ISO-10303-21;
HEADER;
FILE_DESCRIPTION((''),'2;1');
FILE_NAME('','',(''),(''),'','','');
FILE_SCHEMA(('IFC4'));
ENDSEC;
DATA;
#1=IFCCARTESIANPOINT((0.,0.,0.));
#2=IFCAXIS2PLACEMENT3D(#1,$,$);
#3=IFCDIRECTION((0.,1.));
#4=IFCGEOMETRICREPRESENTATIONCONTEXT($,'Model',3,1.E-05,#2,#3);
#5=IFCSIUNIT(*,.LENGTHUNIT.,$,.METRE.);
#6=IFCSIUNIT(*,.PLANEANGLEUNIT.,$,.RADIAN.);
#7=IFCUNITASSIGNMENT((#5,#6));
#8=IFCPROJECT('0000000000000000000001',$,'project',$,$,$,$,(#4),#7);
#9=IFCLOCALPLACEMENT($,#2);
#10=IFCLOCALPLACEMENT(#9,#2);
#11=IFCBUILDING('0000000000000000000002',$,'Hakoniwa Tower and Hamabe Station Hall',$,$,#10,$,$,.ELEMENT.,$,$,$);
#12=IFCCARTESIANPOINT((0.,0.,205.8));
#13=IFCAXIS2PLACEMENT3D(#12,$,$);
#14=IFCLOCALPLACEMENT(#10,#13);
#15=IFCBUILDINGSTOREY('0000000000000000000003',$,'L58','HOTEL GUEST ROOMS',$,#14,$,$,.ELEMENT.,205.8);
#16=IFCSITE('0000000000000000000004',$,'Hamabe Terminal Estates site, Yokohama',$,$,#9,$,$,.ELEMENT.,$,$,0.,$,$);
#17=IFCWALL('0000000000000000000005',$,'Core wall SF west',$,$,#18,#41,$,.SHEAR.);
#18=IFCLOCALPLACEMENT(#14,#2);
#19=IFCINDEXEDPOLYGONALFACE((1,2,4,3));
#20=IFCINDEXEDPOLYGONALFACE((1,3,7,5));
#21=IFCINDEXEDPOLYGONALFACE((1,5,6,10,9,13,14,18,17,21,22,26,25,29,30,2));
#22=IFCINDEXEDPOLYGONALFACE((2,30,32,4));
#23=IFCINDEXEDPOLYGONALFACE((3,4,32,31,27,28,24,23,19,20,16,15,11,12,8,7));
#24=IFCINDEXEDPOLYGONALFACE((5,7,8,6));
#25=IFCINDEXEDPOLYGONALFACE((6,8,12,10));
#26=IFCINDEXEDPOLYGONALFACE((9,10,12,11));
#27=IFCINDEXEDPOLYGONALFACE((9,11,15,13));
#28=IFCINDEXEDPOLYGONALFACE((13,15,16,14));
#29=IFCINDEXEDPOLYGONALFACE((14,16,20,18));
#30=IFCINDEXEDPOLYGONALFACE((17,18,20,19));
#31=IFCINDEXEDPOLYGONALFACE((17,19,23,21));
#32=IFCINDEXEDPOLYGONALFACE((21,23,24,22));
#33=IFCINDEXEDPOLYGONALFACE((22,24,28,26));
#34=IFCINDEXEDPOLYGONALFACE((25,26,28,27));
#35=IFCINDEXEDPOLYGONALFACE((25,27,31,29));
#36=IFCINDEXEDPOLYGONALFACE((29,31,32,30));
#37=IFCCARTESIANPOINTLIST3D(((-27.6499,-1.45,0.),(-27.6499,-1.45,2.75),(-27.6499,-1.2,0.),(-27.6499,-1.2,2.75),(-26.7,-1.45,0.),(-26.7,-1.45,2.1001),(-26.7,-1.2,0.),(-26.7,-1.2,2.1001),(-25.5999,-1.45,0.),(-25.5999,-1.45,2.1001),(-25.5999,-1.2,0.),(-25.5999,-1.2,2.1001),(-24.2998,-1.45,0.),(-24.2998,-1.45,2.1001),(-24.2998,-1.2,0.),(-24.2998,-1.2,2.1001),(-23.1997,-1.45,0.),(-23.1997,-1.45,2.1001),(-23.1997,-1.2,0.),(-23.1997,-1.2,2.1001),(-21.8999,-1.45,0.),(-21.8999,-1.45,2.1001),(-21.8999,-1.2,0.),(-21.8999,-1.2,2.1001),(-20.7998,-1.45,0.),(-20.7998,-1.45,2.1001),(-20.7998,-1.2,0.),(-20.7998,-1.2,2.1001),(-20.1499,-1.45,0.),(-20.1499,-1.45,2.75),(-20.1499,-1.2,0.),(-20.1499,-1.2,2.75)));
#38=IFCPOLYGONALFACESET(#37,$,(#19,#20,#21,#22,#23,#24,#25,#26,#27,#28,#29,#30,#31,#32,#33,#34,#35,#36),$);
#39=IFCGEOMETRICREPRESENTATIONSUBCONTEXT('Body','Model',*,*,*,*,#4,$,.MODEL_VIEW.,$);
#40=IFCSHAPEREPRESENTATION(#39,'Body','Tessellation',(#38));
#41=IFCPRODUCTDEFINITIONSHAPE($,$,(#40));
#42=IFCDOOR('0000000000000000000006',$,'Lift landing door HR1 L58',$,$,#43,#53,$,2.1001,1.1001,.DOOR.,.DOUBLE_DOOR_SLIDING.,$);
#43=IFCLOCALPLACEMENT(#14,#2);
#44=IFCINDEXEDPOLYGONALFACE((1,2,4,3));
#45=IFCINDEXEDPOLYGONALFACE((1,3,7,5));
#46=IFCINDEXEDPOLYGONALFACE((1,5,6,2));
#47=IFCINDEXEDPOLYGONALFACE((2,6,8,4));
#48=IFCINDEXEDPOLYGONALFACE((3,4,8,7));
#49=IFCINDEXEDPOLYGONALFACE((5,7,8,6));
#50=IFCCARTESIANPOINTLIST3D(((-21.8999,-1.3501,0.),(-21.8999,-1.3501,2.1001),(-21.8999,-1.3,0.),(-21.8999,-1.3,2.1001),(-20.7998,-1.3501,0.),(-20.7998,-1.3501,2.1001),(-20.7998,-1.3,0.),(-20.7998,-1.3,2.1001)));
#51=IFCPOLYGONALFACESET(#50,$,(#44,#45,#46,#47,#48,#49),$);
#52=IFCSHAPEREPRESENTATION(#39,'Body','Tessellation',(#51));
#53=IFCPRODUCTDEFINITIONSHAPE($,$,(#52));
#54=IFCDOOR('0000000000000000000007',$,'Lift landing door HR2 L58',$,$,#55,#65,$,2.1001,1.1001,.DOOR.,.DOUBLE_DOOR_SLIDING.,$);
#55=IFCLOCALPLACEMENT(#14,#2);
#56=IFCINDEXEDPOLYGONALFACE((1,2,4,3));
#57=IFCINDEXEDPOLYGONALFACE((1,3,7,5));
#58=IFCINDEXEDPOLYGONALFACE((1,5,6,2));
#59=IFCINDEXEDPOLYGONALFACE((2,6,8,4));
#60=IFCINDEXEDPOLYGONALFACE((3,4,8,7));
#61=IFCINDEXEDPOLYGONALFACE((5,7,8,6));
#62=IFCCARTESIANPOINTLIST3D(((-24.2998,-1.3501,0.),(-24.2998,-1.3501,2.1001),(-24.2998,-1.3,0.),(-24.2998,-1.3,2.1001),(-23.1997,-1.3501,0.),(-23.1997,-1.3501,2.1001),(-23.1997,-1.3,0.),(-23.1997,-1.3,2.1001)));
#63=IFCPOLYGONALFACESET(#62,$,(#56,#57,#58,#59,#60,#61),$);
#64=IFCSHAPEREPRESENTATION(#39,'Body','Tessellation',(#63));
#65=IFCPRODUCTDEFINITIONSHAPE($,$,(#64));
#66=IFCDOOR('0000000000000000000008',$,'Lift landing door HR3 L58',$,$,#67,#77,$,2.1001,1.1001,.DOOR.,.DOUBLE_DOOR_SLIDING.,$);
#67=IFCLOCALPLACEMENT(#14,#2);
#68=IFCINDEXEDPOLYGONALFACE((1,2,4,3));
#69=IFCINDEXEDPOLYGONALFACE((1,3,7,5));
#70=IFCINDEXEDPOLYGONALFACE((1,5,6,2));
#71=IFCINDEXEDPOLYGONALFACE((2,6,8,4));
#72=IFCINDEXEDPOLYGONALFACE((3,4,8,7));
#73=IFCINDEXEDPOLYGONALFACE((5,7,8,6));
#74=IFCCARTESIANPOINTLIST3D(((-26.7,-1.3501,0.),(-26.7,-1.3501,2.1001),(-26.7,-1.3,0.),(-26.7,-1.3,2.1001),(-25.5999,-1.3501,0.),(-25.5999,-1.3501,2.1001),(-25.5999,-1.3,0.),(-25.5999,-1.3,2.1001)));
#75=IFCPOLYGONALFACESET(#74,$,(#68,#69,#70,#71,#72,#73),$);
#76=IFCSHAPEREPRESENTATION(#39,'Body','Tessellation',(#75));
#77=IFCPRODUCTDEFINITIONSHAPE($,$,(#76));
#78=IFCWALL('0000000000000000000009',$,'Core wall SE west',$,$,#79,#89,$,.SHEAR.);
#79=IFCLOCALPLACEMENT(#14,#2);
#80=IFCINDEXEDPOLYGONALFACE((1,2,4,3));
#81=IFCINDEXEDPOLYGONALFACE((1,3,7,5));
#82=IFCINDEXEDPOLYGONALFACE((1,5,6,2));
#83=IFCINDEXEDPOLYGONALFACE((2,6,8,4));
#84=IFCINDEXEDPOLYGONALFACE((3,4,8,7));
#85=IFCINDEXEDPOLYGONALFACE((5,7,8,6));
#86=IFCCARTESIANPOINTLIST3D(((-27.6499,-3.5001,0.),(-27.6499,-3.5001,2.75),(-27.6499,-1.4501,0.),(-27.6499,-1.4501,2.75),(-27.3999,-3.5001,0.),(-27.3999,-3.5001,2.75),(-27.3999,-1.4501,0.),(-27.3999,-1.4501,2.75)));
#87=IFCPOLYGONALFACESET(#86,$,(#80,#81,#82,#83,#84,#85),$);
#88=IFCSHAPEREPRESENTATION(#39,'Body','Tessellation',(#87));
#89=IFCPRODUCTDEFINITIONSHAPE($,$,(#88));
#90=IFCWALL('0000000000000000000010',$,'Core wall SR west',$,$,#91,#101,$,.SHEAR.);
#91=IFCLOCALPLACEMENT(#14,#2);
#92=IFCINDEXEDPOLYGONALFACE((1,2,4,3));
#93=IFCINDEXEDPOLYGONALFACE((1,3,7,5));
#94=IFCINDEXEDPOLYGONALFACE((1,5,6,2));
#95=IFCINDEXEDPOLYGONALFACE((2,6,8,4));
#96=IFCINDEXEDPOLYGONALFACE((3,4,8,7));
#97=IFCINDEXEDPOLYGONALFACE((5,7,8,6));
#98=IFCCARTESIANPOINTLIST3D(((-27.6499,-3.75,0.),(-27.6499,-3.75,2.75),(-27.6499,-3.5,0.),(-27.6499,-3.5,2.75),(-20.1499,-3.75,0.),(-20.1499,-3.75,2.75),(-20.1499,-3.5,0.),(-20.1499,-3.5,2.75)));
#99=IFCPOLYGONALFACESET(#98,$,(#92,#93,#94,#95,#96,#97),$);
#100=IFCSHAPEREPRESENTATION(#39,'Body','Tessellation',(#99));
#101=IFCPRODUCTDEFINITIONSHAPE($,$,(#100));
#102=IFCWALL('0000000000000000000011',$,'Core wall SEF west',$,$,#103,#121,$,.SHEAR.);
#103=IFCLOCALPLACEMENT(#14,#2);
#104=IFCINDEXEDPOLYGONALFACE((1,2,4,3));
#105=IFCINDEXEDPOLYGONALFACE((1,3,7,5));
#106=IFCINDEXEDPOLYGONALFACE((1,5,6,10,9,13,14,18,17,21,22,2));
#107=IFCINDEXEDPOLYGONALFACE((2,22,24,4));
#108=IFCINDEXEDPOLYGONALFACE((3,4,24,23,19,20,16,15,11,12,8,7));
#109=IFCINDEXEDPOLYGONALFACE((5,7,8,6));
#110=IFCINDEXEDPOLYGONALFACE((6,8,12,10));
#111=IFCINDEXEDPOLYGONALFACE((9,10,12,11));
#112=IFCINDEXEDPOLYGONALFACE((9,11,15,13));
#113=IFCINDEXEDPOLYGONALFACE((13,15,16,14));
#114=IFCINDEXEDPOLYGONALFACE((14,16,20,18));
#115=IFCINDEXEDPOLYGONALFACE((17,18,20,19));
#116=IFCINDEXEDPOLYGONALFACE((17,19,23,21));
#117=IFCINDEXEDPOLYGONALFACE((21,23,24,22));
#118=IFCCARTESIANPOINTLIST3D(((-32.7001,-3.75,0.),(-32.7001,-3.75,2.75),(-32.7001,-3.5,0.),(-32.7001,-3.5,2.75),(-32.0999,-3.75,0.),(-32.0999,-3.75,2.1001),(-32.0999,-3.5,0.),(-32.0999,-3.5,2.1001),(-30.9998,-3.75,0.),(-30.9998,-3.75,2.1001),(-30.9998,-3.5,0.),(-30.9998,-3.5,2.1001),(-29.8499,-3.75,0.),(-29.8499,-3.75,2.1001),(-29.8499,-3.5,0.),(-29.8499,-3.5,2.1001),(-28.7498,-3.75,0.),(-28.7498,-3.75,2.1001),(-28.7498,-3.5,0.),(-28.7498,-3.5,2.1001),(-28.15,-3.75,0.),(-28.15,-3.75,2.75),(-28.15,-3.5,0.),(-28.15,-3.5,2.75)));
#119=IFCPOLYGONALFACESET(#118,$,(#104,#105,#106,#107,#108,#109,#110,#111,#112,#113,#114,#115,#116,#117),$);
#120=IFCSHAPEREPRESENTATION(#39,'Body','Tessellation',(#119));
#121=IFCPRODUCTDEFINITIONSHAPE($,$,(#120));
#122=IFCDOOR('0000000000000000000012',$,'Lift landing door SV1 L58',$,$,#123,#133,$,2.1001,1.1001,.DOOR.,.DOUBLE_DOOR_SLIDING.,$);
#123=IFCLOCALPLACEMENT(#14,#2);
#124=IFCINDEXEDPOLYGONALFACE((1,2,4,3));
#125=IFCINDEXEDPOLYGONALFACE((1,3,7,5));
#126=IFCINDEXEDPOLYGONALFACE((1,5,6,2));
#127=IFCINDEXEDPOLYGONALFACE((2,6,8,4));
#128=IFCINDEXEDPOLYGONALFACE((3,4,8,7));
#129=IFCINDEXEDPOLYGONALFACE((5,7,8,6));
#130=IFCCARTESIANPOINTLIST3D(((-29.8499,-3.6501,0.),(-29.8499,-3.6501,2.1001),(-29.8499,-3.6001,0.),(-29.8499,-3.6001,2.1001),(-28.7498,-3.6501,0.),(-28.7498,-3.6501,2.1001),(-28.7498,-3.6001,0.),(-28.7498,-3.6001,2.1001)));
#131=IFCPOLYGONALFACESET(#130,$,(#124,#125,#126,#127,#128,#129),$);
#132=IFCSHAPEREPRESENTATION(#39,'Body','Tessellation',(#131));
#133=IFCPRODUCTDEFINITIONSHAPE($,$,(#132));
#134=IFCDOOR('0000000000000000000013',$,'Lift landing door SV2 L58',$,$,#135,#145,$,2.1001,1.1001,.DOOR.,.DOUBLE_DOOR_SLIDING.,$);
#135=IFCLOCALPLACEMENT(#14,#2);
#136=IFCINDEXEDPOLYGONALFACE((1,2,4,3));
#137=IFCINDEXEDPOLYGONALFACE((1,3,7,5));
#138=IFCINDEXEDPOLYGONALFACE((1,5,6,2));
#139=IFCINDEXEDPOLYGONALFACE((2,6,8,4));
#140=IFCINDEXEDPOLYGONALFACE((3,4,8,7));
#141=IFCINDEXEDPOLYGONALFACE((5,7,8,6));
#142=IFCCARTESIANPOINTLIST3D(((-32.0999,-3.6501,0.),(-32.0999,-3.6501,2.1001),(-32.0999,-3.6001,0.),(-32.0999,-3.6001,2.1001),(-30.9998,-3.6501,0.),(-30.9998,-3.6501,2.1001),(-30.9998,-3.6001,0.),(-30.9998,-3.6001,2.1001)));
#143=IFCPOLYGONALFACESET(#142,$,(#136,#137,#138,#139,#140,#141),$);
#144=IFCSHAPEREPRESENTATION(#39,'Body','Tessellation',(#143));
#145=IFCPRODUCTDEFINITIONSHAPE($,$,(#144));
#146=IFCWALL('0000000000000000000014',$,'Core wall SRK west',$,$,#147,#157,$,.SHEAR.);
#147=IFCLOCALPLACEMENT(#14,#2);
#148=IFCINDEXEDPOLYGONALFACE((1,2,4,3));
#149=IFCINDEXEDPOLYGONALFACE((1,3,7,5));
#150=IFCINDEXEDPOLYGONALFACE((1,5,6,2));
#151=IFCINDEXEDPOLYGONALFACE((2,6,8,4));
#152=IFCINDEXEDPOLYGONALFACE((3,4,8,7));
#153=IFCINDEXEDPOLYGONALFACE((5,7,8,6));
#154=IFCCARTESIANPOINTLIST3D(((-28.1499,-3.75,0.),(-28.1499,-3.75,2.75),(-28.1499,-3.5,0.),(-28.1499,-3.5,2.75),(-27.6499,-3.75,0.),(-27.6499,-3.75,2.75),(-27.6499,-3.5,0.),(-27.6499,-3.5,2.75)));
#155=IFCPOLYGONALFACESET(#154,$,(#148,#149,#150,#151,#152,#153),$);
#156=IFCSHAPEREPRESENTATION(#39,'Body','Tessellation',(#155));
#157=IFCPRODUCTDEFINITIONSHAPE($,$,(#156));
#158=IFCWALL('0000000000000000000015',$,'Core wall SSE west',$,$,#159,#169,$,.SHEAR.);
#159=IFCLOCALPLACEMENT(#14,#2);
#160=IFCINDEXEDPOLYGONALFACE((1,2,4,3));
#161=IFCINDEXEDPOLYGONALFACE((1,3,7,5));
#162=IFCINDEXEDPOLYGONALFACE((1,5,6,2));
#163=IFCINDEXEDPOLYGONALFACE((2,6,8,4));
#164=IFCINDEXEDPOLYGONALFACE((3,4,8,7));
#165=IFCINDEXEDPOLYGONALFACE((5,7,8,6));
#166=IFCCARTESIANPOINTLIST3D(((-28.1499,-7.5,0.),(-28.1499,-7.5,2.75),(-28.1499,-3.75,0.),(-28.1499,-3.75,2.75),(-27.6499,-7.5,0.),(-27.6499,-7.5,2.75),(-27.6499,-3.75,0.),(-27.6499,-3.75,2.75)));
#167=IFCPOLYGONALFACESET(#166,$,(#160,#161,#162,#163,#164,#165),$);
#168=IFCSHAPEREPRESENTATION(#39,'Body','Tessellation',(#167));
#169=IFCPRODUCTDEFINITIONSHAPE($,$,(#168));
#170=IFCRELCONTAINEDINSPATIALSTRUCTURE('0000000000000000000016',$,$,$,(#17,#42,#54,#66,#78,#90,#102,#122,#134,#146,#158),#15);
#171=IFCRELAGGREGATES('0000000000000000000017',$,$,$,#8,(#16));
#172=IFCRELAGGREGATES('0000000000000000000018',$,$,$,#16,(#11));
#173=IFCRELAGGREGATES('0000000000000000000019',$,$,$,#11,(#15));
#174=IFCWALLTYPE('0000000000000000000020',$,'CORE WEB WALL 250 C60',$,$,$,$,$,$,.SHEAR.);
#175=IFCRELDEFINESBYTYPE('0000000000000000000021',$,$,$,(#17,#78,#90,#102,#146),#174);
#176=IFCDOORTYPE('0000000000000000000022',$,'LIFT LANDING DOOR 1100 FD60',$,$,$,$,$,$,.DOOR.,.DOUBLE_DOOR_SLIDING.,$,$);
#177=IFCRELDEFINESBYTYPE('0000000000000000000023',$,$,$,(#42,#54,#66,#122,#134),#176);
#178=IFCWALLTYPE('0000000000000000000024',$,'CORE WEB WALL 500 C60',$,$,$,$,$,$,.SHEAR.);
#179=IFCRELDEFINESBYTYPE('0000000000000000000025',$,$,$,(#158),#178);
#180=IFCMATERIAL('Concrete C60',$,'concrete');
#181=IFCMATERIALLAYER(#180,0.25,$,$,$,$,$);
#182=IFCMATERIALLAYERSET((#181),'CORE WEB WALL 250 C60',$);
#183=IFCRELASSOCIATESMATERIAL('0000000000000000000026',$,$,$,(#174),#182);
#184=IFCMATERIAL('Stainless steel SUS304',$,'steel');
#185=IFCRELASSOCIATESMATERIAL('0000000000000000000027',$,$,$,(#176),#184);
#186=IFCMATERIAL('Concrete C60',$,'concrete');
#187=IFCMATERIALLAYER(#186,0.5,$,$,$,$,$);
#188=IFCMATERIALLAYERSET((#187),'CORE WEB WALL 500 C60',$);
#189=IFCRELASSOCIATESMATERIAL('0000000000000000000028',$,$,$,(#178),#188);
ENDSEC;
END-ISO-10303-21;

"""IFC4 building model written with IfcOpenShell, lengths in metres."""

from ifc_helpers import new_model, si_unit, direction, frame, frame_2d, origin, place, context, subcontext, project, spatial, rectangle, extrude, material, layer, layer_set, type_object, element, fill, save


model = new_model("IFC4")

# Units and contexts
model_context = context("Model", 3, precision=1e-05, world=origin(), true_north=direction((0.0, 1.0)))
body_context = subcontext(model_context, "Body", "Model", "MODEL_VIEW")
ifc_project = project(units=[si_unit("LENGTHUNIT", "METRE"), si_unit("PLANEANGLEUNIT", "RADIAN")], contexts=[model_context])

# Site, building, storey
site_placement = place(None, origin())
site = spatial("IfcSite", under=ifc_project, at=site_placement, Name="Hamabe Terminal Estates site, Yokohama", CompositionType="ELEMENT", RefElevation=0.0)
building_placement = place(site_placement, origin())
building = spatial("IfcBuilding", under=site, at=building_placement, Name="Hakoniwa Tower and Hamabe Station Hall", CompositionType="ELEMENT")
storey_placement = place(building_placement, frame((0.0, 0.0, 205.8)))
storey = spatial("IfcBuildingStorey", under=building, at=storey_placement, Name="L58", Description="HOTEL GUEST ROOMS", CompositionType="ELEMENT", Elevation=205.8)

# Shared definitions
ifc_material_1 = material(Name="Concrete C60", Category="concrete")
ifc_layer_1 = layer(ifc_material_1, 0.25)
ifc_layer_set_1 = layer_set([ifc_layer_1], Name="CORE WEB WALL 250 C60")
wall_type_1 = type_object("IfcWallType", Name="CORE WEB WALL 250 C60", PredefinedType="SHEAR", material=ifc_layer_set_1)

# Shared definitions
ifc_material_2 = material(Name="Stainless steel SUS304", Category="steel")
door_type_1 = type_object("IfcDoorType", Name="LIFT LANDING DOOR 1100 FD60", OperationType="DOUBLE_DOOR_SLIDING", PredefinedType="DOOR", material=ifc_material_2)

# Wall, openings, doors
wall_1_placement = place(storey_placement, frame((-27.6499, -1.325, 0.0), z_axis=(0.0, 0.0, 1.0), x_axis=(1.0, 0.0, 0.0)))
wall_1 = element("IfcWall", 1, at=wall_1_placement, inside=storey, type_object=wall_type_1, Name="Core wall SF west", PredefinedType="SHEAR", context=body_context, shape_type="SweptSolid", body=[
    extrude(rectangle(XDim=7.5, YDim=0.25, at=frame_2d((3.75, 0.0))), origin(), (0.0, 0.0, 1.0), 2.75),
])
opening_1_placement = place(wall_1_placement, frame((5.75, 0.0, 0.0)))
opening_1 = element("IfcOpeningElement", 2, at=opening_1_placement, cuts=wall_1, PredefinedType="OPENING", context=body_context, shape_type="SweptSolid", body=[
    extrude(rectangle(XDim=1.1001, YDim=2.1001, at=frame_2d((0.55, 1.05))), frame((0.0, 0.135, 0.0), z_axis=(0.0, -1.0, 0.0), x_axis=(1.0, 0.0, 0.0)), (0.0, 0.0, 1.0), 0.27),
])
opening_2_placement = place(wall_1_placement, frame((3.3501, 0.0, 0.0)))
opening_2 = element("IfcOpeningElement", 3, at=opening_2_placement, cuts=wall_1, PredefinedType="OPENING", context=body_context, shape_type="SweptSolid", body=[
    extrude(rectangle(XDim=1.1001, YDim=2.1001, at=frame_2d((0.55, 1.05))), frame((0.0, 0.135, 0.0), z_axis=(0.0, -1.0, 0.0), x_axis=(1.0, 0.0, 0.0)), (0.0, 0.0, 1.0), 0.27),
])
opening_3_placement = place(wall_1_placement, frame((0.95, 0.0, 0.0)))
opening_3 = element("IfcOpeningElement", 4, at=opening_3_placement, cuts=wall_1, PredefinedType="OPENING", context=body_context, shape_type="SweptSolid", body=[
    extrude(rectangle(XDim=1.1001, YDim=2.1001, at=frame_2d((0.55, 1.05))), frame((0.0, 0.135, 0.0), z_axis=(0.0, -1.0, 0.0), x_axis=(1.0, 0.0, 0.0)), (0.0, 0.0, 1.0), 0.27),
])
door_1_placement = place(opening_1_placement, origin())
door_1 = element("IfcDoor", 5, at=door_1_placement, inside=storey, type_object=door_type_1, Name="Lift landing door HR1 L58", OperationType="DOUBLE_DOOR_SLIDING", OverallHeight=2.1001, OverallWidth=1.1001, PredefinedType="DOOR", context=body_context, shape_type="SweptSolid", body=[
    extrude(rectangle(XDim=1.1001, YDim=2.1001, at=frame_2d((0.55, 1.05))), frame((0.0, 0.0249, 0.0), z_axis=(0.0, -1.0, 0.0), x_axis=(1.0, 0.0, 0.0)), (0.0, 0.0, 1.0), 0.05),
])
fill(opening_1, door_1)
door_2_placement = place(opening_2_placement, origin())
door_2 = element("IfcDoor", 6, at=door_2_placement, inside=storey, type_object=door_type_1, Name="Lift landing door HR2 L58", OperationType="DOUBLE_DOOR_SLIDING", OverallHeight=2.1001, OverallWidth=1.1001, PredefinedType="DOOR", context=body_context, shape_type="SweptSolid", body=[
    extrude(rectangle(XDim=1.1001, YDim=2.1001, at=frame_2d((0.55, 1.05))), frame((0.0, 0.0249, 0.0), z_axis=(0.0, -1.0, 0.0), x_axis=(1.0, 0.0, 0.0)), (0.0, 0.0, 1.0), 0.05),
])
fill(opening_2, door_2)
door_3_placement = place(opening_3_placement, origin())
door_3 = element("IfcDoor", 7, at=door_3_placement, inside=storey, type_object=door_type_1, Name="Lift landing door HR3 L58", OperationType="DOUBLE_DOOR_SLIDING", OverallHeight=2.1001, OverallWidth=1.1001, PredefinedType="DOOR", context=body_context, shape_type="SweptSolid", body=[
    extrude(rectangle(XDim=1.1001, YDim=2.1001, at=frame_2d((0.55, 1.05))), frame((0.0, 0.0249, 0.0), z_axis=(0.0, -1.0, 0.0), x_axis=(1.0, 0.0, 0.0)), (0.0, 0.0, 1.0), 0.05),
])
fill(opening_3, door_3)

# Walls
wall_2_placement = place(storey_placement, frame((-27.5249, -3.5, 0.0), z_axis=(0.0, 0.0, 1.0), x_axis=(0.0, 1.0, 0.0)))
element("IfcWall", 8, at=wall_2_placement, inside=storey, type_object=wall_type_1, Name="Core wall SE west", PredefinedType="SHEAR", context=body_context, shape_type="SweptSolid", body=[
    extrude(rectangle(XDim=2.05, YDim=0.25, at=frame_2d((1.0249, 0.0))), origin(), (0.0, 0.0, 1.0), 2.75),
])
wall_3_placement = place(storey_placement, frame((-27.6499, -3.625, 0.0), z_axis=(0.0, 0.0, 1.0), x_axis=(1.0, 0.0, 0.0)))
element("IfcWall", 9, at=wall_3_placement, inside=storey, type_object=wall_type_1, Name="Core wall SR west", PredefinedType="SHEAR", context=body_context, shape_type="SweptSolid", body=[
    extrude(rectangle(XDim=7.5, YDim=0.25, at=frame_2d((3.75, 0.0))), origin(), (0.0, 0.0, 1.0), 2.75),
])

# Wall, openings, doors
wall_4_placement = place(storey_placement, frame((-32.7, -3.625, 0.0), z_axis=(0.0, 0.0, 1.0), x_axis=(1.0, 0.0, 0.0)))
wall_4 = element("IfcWall", 10, at=wall_4_placement, inside=storey, type_object=wall_type_1, Name="Core wall SEF west", PredefinedType="SHEAR", context=body_context, shape_type="SweptSolid", body=[
    extrude(rectangle(XDim=4.55, YDim=0.25, at=frame_2d((2.2749, 0.0))), origin(), (0.0, 0.0, 1.0), 2.75),
])
opening_4_placement = place(wall_4_placement, frame((2.8501, 0.0, 0.0)))
opening_4 = element("IfcOpeningElement", 11, at=opening_4_placement, cuts=wall_4, PredefinedType="OPENING", context=body_context, shape_type="SweptSolid", body=[
    extrude(rectangle(XDim=1.1001, YDim=2.1001, at=frame_2d((0.55, 1.05))), frame((0.0, 0.135, 0.0), z_axis=(0.0, -1.0, 0.0), x_axis=(1.0, 0.0, 0.0)), (0.0, 0.0, 1.0), 0.27),
])
opening_5_placement = place(wall_4_placement, frame((0.6001, 0.0, 0.0)))
opening_5 = element("IfcOpeningElement", 12, at=opening_5_placement, cuts=wall_4, PredefinedType="OPENING", context=body_context, shape_type="SweptSolid", body=[
    extrude(rectangle(XDim=1.1001, YDim=2.1001, at=frame_2d((0.55, 1.05))), frame((0.0, 0.135, 0.0), z_axis=(0.0, -1.0, 0.0), x_axis=(1.0, 0.0, 0.0)), (0.0, 0.0, 1.0), 0.27),
])
door_4_placement = place(opening_4_placement, origin())
door_4 = element("IfcDoor", 13, at=door_4_placement, inside=storey, type_object=door_type_1, Name="Lift landing door SV1 L58", OperationType="DOUBLE_DOOR_SLIDING", OverallHeight=2.1001, OverallWidth=1.1001, PredefinedType="DOOR", context=body_context, shape_type="SweptSolid", body=[
    extrude(rectangle(XDim=1.1001, YDim=2.1001, at=frame_2d((0.55, 1.05))), frame((0.0, 0.0249, 0.0), z_axis=(0.0, -1.0, 0.0), x_axis=(1.0, 0.0, 0.0)), (0.0, 0.0, 1.0), 0.05),
])
fill(opening_4, door_4)
door_5_placement = place(opening_5_placement, origin())
door_5 = element("IfcDoor", 14, at=door_5_placement, inside=storey, type_object=door_type_1, Name="Lift landing door SV2 L58", OperationType="DOUBLE_DOOR_SLIDING", OverallHeight=2.1001, OverallWidth=1.1001, PredefinedType="DOOR", context=body_context, shape_type="SweptSolid", body=[
    extrude(rectangle(XDim=1.1001, YDim=2.1001, at=frame_2d((0.55, 1.05))), frame((0.0, 0.0249, 0.0), z_axis=(0.0, -1.0, 0.0), x_axis=(1.0, 0.0, 0.0)), (0.0, 0.0, 1.0), 0.05),
])
fill(opening_5, door_5)

# Walls
wall_5_placement = place(storey_placement, frame((-28.1499, -3.625, 0.0), z_axis=(0.0, 0.0, 1.0), x_axis=(1.0, 0.0, 0.0)))
element("IfcWall", 15, at=wall_5_placement, inside=storey, type_object=wall_type_1, Name="Core wall SRK west", PredefinedType="SHEAR", context=body_context, shape_type="SweptSolid", body=[
    extrude(rectangle(XDim=0.5, YDim=0.25, at=frame_2d((0.25, 0.0))), origin(), (0.0, 0.0, 1.0), 2.75),
])
ifc_material_3 = material(Name="Concrete C60", Category="concrete")
ifc_layer_2 = layer(ifc_material_3, 0.5)
ifc_layer_set_2 = layer_set([ifc_layer_2], Name="CORE WEB WALL 500 C60")
wall_type_2 = type_object("IfcWallType", Name="CORE WEB WALL 500 C60", PredefinedType="SHEAR", material=ifc_layer_set_2)
wall_6_placement = place(storey_placement, frame((-27.8999, -7.5, 0.0), z_axis=(0.0, 0.0, 1.0), x_axis=(0.0, 1.0, 0.0)))
element("IfcWall", 16, at=wall_6_placement, inside=storey, type_object=wall_type_2, Name="Core wall SSE west", PredefinedType="SHEAR", context=body_context, shape_type="SweptSolid", body=[
    extrude(rectangle(XDim=3.75, YDim=0.5, at=frame_2d((1.875, 0.0))), origin(), (0.0, 0.0, 1.0), 2.75),
])

save(model, "model.ifc")
